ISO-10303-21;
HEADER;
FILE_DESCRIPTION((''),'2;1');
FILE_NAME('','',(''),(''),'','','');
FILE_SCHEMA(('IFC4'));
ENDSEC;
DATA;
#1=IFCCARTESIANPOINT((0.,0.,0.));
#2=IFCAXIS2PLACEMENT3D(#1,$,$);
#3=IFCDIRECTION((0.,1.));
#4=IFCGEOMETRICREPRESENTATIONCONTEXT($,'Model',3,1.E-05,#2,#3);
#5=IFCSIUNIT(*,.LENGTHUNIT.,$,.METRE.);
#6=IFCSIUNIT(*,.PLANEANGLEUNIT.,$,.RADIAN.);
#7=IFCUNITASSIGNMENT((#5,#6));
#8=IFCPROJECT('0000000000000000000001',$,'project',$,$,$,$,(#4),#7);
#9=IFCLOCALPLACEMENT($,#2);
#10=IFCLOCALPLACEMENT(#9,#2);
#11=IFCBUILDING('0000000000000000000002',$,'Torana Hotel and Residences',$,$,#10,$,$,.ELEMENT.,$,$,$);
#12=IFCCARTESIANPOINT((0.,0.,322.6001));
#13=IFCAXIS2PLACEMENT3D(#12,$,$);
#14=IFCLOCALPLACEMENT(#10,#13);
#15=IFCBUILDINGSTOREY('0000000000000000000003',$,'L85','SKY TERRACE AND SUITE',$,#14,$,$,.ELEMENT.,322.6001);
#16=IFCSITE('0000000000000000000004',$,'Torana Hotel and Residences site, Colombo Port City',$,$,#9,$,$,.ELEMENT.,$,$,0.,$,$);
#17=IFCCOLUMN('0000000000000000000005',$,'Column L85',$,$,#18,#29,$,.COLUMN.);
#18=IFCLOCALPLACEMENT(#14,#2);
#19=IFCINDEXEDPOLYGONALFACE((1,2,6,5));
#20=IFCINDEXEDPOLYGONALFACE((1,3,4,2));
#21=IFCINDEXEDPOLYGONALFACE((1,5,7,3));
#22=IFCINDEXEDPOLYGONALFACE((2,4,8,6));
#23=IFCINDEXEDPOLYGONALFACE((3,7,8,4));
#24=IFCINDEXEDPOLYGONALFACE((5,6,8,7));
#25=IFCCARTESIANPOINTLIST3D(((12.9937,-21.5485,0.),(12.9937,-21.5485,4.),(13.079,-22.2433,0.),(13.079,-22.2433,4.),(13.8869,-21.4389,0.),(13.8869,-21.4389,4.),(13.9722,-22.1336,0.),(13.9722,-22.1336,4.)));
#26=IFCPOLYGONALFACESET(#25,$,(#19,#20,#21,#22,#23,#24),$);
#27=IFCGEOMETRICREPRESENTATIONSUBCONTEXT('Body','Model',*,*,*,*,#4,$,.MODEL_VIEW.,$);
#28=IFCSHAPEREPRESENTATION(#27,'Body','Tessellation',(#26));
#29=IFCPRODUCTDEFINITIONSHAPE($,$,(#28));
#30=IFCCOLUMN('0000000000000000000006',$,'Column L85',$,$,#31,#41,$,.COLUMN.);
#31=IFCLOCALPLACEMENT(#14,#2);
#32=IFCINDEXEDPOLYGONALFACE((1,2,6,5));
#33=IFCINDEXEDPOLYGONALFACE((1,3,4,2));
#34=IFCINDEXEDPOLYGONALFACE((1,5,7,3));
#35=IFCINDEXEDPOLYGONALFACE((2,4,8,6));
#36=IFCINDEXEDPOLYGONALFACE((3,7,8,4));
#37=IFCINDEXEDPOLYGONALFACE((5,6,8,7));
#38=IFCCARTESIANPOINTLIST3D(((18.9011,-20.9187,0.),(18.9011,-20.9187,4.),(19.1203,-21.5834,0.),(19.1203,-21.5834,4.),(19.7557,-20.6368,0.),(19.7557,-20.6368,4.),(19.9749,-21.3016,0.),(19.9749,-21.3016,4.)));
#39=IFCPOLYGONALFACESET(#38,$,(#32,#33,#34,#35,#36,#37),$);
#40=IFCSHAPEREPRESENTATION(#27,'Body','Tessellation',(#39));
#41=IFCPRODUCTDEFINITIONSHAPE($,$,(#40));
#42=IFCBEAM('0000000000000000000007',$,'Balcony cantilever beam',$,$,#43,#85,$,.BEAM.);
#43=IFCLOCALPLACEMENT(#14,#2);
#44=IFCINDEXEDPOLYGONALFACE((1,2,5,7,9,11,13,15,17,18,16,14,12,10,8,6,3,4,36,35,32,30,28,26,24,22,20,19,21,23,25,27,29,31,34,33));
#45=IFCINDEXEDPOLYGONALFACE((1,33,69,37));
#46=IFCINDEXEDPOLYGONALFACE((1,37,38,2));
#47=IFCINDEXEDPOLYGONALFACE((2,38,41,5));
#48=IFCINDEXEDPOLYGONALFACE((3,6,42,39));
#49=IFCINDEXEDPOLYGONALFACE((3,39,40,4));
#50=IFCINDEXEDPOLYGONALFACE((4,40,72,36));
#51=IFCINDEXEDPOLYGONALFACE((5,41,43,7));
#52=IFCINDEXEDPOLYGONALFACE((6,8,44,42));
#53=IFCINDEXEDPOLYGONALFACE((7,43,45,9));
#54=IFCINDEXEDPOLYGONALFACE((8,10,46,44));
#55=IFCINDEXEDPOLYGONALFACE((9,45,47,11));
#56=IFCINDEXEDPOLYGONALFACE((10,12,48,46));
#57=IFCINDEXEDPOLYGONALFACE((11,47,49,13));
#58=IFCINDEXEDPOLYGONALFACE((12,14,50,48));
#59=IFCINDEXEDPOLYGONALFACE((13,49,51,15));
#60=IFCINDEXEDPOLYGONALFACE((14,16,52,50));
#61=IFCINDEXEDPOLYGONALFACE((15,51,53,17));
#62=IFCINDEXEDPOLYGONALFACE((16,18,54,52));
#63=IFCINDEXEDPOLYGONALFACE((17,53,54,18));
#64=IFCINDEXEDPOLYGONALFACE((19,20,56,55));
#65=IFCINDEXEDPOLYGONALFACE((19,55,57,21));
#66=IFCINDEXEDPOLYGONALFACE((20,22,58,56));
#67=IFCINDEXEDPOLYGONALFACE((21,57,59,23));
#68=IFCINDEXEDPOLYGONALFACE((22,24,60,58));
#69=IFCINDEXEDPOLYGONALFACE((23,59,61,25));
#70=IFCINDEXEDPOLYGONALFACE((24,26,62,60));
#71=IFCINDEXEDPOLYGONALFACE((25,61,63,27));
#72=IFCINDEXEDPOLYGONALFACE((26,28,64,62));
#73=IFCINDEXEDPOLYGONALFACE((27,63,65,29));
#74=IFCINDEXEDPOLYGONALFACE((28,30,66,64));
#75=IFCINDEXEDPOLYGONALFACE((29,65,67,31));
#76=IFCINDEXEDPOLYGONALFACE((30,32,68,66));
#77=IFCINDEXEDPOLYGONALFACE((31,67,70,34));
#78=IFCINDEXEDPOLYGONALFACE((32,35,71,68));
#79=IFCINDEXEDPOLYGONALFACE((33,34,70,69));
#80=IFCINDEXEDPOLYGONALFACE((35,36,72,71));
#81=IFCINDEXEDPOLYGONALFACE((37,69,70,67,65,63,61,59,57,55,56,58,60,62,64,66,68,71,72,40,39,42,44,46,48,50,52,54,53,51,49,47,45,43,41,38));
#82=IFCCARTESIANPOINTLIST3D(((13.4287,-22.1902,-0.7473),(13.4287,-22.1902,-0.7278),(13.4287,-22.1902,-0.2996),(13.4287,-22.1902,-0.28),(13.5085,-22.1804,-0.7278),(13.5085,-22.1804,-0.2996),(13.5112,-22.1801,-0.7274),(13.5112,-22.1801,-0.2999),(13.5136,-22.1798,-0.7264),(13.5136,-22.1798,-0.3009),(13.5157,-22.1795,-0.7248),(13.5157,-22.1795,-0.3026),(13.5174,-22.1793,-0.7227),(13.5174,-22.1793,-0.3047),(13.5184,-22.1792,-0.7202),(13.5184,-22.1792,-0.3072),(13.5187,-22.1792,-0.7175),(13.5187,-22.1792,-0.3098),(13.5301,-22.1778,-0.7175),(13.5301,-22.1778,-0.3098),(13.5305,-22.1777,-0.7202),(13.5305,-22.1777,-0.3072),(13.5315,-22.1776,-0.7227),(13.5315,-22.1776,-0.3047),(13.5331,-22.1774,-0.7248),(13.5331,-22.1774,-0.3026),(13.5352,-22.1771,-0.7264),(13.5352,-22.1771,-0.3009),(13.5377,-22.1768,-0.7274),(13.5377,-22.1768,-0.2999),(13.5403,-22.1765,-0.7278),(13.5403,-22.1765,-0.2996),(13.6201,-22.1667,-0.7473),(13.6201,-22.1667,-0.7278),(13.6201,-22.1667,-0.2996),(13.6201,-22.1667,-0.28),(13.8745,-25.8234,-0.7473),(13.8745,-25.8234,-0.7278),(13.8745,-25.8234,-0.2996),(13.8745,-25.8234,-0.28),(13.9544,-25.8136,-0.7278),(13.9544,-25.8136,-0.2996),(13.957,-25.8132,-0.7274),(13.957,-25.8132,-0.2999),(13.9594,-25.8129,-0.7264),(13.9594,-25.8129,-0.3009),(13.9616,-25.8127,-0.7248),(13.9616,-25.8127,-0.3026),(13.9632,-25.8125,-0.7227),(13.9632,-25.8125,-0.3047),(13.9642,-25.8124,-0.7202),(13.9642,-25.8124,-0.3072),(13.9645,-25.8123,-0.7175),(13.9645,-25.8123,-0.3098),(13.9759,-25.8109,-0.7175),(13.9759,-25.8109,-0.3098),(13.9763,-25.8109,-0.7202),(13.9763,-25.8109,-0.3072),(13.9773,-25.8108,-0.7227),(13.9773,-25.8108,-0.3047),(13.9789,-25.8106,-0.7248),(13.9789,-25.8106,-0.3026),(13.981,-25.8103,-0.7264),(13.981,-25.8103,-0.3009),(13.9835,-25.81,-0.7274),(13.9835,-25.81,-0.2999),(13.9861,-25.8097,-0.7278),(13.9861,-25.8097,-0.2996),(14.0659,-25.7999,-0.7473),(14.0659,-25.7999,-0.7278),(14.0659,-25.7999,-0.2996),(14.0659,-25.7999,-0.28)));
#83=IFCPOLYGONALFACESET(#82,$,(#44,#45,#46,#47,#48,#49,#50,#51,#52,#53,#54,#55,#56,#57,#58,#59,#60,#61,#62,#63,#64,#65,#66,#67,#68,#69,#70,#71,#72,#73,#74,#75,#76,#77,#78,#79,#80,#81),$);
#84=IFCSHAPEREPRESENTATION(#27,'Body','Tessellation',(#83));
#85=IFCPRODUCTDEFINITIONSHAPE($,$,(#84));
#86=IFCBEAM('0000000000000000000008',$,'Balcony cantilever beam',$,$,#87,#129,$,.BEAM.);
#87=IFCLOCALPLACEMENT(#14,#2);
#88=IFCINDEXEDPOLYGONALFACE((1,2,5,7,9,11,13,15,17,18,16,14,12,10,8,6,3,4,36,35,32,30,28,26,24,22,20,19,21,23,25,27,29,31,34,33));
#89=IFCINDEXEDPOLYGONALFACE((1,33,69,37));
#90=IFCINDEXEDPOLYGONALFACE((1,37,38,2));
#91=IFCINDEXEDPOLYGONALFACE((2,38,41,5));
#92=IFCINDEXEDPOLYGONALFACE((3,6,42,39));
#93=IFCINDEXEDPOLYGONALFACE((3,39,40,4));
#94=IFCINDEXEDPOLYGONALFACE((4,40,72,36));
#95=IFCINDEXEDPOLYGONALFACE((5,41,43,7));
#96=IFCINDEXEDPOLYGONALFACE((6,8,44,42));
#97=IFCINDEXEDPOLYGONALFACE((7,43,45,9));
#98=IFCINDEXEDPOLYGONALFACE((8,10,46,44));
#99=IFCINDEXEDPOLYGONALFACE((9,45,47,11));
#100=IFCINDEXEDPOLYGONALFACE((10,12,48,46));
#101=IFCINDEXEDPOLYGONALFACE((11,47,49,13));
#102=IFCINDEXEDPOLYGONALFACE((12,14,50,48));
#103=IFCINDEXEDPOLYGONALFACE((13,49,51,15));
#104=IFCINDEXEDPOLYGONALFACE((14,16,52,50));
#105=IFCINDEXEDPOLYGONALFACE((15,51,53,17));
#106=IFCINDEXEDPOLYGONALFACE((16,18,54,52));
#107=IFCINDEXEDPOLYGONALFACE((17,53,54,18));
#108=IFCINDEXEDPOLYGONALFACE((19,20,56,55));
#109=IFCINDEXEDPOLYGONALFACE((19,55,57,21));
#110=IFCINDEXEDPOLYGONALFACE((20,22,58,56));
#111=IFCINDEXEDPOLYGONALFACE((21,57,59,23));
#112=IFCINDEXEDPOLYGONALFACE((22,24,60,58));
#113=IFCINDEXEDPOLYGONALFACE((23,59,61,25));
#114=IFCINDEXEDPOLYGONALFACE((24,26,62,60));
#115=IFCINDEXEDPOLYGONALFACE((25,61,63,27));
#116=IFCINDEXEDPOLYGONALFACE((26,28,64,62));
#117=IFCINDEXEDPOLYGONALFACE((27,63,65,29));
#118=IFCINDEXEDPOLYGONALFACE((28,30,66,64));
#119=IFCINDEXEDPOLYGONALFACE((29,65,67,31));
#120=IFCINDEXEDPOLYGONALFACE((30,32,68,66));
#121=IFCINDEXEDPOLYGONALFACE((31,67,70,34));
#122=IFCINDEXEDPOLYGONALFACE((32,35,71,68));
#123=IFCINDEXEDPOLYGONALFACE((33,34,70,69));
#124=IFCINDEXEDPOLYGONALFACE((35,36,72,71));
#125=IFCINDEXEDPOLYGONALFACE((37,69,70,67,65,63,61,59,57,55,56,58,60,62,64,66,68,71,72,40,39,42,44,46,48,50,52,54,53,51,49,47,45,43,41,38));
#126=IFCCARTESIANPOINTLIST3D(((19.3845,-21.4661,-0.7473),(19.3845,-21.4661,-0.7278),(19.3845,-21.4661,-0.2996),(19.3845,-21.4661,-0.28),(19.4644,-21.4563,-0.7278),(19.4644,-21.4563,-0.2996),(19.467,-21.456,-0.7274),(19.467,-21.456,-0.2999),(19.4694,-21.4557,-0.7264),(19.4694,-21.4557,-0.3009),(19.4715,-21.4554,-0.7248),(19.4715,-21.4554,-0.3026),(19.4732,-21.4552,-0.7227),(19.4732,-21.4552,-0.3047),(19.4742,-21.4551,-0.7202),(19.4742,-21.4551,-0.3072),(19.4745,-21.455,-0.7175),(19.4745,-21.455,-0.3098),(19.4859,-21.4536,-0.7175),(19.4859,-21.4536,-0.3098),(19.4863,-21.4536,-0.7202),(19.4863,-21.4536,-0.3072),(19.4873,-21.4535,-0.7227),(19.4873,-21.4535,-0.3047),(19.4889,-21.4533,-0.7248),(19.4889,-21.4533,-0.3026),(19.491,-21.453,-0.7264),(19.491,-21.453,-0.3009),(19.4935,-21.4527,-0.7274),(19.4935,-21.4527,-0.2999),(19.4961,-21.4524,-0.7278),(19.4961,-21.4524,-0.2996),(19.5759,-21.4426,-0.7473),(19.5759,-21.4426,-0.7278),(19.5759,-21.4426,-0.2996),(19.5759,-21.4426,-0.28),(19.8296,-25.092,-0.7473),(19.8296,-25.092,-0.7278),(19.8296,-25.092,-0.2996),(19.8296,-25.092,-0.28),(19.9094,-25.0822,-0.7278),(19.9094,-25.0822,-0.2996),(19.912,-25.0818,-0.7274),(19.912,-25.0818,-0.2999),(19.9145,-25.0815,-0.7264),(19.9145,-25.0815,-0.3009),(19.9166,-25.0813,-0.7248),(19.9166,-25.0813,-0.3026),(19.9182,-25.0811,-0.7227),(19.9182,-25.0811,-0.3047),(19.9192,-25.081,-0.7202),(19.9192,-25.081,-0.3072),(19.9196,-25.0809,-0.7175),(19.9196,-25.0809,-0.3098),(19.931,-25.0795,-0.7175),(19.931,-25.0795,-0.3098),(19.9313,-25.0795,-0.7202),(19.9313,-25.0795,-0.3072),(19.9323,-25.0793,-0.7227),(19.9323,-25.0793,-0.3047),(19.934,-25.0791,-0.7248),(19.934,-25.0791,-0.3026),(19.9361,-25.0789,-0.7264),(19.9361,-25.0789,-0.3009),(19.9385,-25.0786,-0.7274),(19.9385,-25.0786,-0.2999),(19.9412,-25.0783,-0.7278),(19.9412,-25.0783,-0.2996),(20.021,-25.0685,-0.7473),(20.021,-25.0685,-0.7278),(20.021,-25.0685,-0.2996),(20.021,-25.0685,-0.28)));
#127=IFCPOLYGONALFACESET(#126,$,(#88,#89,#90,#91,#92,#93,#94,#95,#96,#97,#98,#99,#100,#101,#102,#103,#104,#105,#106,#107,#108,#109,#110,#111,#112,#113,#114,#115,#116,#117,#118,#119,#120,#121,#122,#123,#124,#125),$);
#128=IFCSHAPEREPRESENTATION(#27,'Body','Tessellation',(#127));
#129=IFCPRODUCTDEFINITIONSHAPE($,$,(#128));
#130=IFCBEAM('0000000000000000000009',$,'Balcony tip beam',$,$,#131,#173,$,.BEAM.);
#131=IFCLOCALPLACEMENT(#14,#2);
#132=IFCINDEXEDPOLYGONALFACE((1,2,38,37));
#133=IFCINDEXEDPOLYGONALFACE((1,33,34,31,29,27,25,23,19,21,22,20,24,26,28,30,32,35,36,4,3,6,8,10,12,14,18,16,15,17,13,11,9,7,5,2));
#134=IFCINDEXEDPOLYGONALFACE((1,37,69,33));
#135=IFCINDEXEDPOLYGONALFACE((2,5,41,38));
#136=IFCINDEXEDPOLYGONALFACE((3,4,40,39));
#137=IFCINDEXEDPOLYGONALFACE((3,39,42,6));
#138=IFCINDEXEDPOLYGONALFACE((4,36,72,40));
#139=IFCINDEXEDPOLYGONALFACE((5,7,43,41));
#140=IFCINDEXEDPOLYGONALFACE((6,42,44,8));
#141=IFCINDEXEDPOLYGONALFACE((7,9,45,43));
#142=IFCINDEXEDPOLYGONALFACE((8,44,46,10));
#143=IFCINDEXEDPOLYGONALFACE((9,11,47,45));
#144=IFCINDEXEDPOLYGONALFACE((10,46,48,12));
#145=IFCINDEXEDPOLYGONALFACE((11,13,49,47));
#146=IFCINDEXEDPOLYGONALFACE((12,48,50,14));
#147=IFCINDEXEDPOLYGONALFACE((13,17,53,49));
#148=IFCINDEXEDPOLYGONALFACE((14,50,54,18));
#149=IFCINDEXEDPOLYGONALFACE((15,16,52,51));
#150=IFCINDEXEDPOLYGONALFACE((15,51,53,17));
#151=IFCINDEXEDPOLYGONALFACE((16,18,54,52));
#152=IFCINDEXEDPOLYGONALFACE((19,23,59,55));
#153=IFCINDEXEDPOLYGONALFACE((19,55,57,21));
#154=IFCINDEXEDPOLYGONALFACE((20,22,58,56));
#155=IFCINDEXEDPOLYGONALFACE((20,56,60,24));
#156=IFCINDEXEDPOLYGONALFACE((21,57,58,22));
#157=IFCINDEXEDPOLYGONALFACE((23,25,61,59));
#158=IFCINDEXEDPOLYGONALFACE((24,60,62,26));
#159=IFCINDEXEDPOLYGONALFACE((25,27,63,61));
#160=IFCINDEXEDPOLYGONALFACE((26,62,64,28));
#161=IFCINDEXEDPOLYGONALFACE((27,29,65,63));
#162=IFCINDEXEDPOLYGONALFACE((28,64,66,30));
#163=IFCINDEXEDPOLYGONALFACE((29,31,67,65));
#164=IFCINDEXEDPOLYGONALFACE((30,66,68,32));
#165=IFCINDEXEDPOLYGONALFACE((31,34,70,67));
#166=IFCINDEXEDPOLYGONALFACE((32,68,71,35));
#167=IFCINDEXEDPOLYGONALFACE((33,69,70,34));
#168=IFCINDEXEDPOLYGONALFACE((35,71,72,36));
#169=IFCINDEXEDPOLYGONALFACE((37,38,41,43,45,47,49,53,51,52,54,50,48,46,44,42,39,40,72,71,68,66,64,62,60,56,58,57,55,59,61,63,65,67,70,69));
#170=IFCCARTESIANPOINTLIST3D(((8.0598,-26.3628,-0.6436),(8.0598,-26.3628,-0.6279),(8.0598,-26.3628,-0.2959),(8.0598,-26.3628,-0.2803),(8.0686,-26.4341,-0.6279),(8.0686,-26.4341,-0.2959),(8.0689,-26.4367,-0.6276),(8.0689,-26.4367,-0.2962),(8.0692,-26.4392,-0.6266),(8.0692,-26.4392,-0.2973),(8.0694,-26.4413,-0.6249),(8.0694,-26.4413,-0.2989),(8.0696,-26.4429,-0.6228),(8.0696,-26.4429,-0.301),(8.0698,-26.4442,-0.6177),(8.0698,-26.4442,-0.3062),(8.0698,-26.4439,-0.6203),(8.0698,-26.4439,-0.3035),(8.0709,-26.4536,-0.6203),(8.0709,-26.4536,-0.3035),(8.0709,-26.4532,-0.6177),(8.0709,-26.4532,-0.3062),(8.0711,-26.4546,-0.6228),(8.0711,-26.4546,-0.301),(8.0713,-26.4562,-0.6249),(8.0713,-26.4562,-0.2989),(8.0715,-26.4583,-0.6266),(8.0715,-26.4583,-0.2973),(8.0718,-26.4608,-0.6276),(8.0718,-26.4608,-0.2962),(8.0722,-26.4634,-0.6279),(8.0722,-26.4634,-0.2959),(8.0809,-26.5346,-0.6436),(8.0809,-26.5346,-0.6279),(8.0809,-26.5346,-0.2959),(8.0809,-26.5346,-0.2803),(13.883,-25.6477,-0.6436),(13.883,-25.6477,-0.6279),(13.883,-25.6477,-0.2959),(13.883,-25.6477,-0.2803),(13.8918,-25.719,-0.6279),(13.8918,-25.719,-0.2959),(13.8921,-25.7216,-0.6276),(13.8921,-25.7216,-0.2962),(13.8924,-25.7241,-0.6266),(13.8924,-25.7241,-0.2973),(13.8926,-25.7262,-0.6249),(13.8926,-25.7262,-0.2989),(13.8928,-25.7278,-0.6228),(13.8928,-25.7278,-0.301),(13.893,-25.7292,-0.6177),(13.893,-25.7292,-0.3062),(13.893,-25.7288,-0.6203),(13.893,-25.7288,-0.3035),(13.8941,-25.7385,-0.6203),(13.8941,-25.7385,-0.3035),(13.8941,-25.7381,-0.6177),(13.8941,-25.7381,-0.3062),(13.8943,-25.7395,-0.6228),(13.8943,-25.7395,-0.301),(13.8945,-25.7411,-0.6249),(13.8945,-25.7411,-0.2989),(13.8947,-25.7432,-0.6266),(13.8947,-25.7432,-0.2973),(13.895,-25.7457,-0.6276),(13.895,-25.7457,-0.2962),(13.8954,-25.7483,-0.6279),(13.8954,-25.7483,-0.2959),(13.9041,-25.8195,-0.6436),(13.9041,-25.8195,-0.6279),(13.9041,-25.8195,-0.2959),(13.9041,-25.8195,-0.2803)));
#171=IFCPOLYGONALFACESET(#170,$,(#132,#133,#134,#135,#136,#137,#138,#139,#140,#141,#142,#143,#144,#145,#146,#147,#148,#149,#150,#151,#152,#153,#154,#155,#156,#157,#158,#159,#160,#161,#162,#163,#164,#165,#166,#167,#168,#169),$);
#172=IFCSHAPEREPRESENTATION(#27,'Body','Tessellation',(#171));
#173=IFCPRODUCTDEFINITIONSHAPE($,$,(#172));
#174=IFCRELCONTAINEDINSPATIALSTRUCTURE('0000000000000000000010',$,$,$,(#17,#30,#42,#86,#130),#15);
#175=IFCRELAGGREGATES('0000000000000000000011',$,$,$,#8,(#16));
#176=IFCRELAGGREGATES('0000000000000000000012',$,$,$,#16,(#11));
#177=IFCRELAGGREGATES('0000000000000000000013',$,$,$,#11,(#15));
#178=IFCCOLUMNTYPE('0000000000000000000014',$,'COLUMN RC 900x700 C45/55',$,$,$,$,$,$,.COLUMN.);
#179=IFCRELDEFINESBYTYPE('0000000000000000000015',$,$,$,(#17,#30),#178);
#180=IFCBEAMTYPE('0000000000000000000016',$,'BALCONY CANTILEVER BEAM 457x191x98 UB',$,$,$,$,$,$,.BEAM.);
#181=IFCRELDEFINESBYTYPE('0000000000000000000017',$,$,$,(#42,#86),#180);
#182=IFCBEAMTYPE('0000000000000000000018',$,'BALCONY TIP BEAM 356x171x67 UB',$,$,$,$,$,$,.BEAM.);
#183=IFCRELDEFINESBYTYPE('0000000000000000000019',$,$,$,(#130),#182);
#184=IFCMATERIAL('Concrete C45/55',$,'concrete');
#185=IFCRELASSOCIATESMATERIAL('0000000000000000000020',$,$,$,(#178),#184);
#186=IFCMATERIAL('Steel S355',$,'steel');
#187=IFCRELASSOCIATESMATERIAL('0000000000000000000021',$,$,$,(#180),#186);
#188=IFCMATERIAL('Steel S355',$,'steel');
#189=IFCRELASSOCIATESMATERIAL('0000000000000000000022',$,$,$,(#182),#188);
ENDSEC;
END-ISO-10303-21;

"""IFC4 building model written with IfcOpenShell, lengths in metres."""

from ifc_helpers import new_model, si_unit, direction, frame, origin, origin_2d, place, context, subcontext, project, spatial, rectangle, i_section, extrude, material, material_profile, profile_set, type_object, element, save


model = new_model("IFC4")

# Units and contexts
model_context = context("Model", 3, precision=1e-05, world=origin(), true_north=direction((0.0, 1.0)))
body_context = subcontext(model_context, "Body", "Model", "MODEL_VIEW")
ifc_project = project(units=[si_unit("LENGTHUNIT", "METRE"), si_unit("PLANEANGLEUNIT", "RADIAN")], contexts=[model_context])

# Site, building, storey
site_placement = place(None, origin())
site = spatial("IfcSite", under=ifc_project, at=site_placement, Name="Torana Hotel and Residences site, Colombo Port City", CompositionType="ELEMENT", RefElevation=0.0)
building_placement = place(site_placement, origin())
building = spatial("IfcBuilding", under=site, at=building_placement, Name="Torana Hotel and Residences", CompositionType="ELEMENT")
storey_placement = place(building_placement, frame((0.0, 0.0, 322.6001)))
storey = spatial("IfcBuildingStorey", under=building, at=storey_placement, Name="L85", Description="SKY TERRACE AND SUITE", CompositionType="ELEMENT", Elevation=322.6001)

# Columns
ifc_material_1 = material(Name="Concrete C45/55", Category="concrete")
ifc_material_profile_1 = material_profile(ifc_material_1, rectangle(XDim=0.8999, YDim=0.7, at=origin_2d()), Name="RC 900x700")
ifc_profile_set_1 = profile_set([ifc_material_profile_1], Name="Concrete C45/55")
column_type = type_object("IfcColumnType", Name="COLUMN RC 900x700 C45/55", PredefinedType="COLUMN", material=ifc_profile_set_1)
for number, where, z_axis, x_axis, name in (
    (1, (13.4829, -21.8411, 0.0), (0.0, 0.0, 1.0), (0.992546, 0.121869, 0.0), "Column L85"),
    (2, (19.438, -21.1101, 0.0), (0.0, 0.0, 1.0), (0.949694, 0.31318, 0.0), "Column L85"),
):
    element("IfcColumn", number, at=place(storey_placement, frame(where, z_axis=z_axis, x_axis=x_axis)), inside=storey, type_object=column_type, Name=name, PredefinedType="COLUMN", context=body_context, shape_type="SweptSolid", body=[
        extrude(rectangle(XDim=0.8999, YDim=0.7, at=origin_2d()), origin(), (0.0, 0.0, 1.0), 4.0),
    ])

# Beams
ifc_material_2 = material(Name="Steel S355", Category="steel")
ifc_material_profile_2 = material_profile(ifc_material_2, i_section(OverallWidth=0.1929, OverallDepth=0.4673, WebThickness=0.0115, FlangeThickness=0.0195, FilletRadius=0.0103, at=origin_2d()), Name="457x191x98 UB")
ifc_profile_set_2 = profile_set([ifc_material_profile_2], Name="Steel S355")
beam_type_1 = type_object("IfcBeamType", Name="BALCONY CANTILEVER BEAM 457x191x98 UB", PredefinedType="BEAM", material=ifc_profile_set_2)
beam_1_placement = place(storey_placement, frame((13.5244, -22.1785, -0.5137), z_axis=(0.121793, -0.992555, 0.0), x_axis=(0.992555, 0.121793, 0.0)))
element("IfcBeam", 3, at=beam_1_placement, inside=storey, type_object=beam_type_1, Name="Balcony cantilever beam", PredefinedType="BEAM", context=body_context, shape_type="SweptSolid", body=[
    extrude(i_section(OverallWidth=0.1929, OverallDepth=0.4673, WebThickness=0.0115, FlangeThickness=0.0195, FilletRadius=0.0103, at=origin_2d()), origin(), (0.0, 0.0, 1.0), 3.6604),
])
beam_2_placement = place(storey_placement, frame((19.4802, -21.4543, -0.5137), z_axis=(0.12183, -0.992551, 0.0), x_axis=(0.992551, 0.12183, 0.0)))
element("IfcBeam", 4, at=beam_2_placement, inside=storey, type_object=beam_type_1, Name="Balcony cantilever beam", PredefinedType="BEAM", context=body_context, shape_type="SweptSolid", body=[
    extrude(i_section(OverallWidth=0.1929, OverallDepth=0.4673, WebThickness=0.0115, FlangeThickness=0.0195, FilletRadius=0.0103, at=origin_2d()), origin(), (0.0, 0.0, 1.0), 3.6531),
])
ifc_material_3 = material(Name="Steel S355", Category="steel")
ifc_material_profile_3 = material_profile(ifc_material_3, i_section(OverallWidth=0.1731, OverallDepth=0.3633, WebThickness=0.009, FlangeThickness=0.0156, FilletRadius=0.0103, at=origin_2d()), Name="356x171x67 UB")
ifc_profile_set_3 = profile_set([ifc_material_profile_3], Name="Steel S355")
beam_type_2 = type_object("IfcBeamType", Name="BALCONY TIP BEAM 356x171x67 UB", PredefinedType="BEAM", material=ifc_profile_set_3)
beam_3_placement = place(storey_placement, frame((13.8936, -25.7336, -0.4619), z_axis=(-0.992544, -0.121883, 0.0), x_axis=(0.121883, -0.992544, 0.0)))
element("IfcBeam", 5, at=beam_3_placement, inside=storey, type_object=beam_type_2, Name="Balcony tip beam", PredefinedType="BEAM", context=body_context, shape_type="SweptSolid", body=[
    extrude(i_section(OverallWidth=0.1731, OverallDepth=0.3633, WebThickness=0.009, FlangeThickness=0.0156, FilletRadius=0.0103, at=origin_2d()), origin(), (0.0, 0.0, 1.0), 5.8669),
])

save(model, "model.ifc")
